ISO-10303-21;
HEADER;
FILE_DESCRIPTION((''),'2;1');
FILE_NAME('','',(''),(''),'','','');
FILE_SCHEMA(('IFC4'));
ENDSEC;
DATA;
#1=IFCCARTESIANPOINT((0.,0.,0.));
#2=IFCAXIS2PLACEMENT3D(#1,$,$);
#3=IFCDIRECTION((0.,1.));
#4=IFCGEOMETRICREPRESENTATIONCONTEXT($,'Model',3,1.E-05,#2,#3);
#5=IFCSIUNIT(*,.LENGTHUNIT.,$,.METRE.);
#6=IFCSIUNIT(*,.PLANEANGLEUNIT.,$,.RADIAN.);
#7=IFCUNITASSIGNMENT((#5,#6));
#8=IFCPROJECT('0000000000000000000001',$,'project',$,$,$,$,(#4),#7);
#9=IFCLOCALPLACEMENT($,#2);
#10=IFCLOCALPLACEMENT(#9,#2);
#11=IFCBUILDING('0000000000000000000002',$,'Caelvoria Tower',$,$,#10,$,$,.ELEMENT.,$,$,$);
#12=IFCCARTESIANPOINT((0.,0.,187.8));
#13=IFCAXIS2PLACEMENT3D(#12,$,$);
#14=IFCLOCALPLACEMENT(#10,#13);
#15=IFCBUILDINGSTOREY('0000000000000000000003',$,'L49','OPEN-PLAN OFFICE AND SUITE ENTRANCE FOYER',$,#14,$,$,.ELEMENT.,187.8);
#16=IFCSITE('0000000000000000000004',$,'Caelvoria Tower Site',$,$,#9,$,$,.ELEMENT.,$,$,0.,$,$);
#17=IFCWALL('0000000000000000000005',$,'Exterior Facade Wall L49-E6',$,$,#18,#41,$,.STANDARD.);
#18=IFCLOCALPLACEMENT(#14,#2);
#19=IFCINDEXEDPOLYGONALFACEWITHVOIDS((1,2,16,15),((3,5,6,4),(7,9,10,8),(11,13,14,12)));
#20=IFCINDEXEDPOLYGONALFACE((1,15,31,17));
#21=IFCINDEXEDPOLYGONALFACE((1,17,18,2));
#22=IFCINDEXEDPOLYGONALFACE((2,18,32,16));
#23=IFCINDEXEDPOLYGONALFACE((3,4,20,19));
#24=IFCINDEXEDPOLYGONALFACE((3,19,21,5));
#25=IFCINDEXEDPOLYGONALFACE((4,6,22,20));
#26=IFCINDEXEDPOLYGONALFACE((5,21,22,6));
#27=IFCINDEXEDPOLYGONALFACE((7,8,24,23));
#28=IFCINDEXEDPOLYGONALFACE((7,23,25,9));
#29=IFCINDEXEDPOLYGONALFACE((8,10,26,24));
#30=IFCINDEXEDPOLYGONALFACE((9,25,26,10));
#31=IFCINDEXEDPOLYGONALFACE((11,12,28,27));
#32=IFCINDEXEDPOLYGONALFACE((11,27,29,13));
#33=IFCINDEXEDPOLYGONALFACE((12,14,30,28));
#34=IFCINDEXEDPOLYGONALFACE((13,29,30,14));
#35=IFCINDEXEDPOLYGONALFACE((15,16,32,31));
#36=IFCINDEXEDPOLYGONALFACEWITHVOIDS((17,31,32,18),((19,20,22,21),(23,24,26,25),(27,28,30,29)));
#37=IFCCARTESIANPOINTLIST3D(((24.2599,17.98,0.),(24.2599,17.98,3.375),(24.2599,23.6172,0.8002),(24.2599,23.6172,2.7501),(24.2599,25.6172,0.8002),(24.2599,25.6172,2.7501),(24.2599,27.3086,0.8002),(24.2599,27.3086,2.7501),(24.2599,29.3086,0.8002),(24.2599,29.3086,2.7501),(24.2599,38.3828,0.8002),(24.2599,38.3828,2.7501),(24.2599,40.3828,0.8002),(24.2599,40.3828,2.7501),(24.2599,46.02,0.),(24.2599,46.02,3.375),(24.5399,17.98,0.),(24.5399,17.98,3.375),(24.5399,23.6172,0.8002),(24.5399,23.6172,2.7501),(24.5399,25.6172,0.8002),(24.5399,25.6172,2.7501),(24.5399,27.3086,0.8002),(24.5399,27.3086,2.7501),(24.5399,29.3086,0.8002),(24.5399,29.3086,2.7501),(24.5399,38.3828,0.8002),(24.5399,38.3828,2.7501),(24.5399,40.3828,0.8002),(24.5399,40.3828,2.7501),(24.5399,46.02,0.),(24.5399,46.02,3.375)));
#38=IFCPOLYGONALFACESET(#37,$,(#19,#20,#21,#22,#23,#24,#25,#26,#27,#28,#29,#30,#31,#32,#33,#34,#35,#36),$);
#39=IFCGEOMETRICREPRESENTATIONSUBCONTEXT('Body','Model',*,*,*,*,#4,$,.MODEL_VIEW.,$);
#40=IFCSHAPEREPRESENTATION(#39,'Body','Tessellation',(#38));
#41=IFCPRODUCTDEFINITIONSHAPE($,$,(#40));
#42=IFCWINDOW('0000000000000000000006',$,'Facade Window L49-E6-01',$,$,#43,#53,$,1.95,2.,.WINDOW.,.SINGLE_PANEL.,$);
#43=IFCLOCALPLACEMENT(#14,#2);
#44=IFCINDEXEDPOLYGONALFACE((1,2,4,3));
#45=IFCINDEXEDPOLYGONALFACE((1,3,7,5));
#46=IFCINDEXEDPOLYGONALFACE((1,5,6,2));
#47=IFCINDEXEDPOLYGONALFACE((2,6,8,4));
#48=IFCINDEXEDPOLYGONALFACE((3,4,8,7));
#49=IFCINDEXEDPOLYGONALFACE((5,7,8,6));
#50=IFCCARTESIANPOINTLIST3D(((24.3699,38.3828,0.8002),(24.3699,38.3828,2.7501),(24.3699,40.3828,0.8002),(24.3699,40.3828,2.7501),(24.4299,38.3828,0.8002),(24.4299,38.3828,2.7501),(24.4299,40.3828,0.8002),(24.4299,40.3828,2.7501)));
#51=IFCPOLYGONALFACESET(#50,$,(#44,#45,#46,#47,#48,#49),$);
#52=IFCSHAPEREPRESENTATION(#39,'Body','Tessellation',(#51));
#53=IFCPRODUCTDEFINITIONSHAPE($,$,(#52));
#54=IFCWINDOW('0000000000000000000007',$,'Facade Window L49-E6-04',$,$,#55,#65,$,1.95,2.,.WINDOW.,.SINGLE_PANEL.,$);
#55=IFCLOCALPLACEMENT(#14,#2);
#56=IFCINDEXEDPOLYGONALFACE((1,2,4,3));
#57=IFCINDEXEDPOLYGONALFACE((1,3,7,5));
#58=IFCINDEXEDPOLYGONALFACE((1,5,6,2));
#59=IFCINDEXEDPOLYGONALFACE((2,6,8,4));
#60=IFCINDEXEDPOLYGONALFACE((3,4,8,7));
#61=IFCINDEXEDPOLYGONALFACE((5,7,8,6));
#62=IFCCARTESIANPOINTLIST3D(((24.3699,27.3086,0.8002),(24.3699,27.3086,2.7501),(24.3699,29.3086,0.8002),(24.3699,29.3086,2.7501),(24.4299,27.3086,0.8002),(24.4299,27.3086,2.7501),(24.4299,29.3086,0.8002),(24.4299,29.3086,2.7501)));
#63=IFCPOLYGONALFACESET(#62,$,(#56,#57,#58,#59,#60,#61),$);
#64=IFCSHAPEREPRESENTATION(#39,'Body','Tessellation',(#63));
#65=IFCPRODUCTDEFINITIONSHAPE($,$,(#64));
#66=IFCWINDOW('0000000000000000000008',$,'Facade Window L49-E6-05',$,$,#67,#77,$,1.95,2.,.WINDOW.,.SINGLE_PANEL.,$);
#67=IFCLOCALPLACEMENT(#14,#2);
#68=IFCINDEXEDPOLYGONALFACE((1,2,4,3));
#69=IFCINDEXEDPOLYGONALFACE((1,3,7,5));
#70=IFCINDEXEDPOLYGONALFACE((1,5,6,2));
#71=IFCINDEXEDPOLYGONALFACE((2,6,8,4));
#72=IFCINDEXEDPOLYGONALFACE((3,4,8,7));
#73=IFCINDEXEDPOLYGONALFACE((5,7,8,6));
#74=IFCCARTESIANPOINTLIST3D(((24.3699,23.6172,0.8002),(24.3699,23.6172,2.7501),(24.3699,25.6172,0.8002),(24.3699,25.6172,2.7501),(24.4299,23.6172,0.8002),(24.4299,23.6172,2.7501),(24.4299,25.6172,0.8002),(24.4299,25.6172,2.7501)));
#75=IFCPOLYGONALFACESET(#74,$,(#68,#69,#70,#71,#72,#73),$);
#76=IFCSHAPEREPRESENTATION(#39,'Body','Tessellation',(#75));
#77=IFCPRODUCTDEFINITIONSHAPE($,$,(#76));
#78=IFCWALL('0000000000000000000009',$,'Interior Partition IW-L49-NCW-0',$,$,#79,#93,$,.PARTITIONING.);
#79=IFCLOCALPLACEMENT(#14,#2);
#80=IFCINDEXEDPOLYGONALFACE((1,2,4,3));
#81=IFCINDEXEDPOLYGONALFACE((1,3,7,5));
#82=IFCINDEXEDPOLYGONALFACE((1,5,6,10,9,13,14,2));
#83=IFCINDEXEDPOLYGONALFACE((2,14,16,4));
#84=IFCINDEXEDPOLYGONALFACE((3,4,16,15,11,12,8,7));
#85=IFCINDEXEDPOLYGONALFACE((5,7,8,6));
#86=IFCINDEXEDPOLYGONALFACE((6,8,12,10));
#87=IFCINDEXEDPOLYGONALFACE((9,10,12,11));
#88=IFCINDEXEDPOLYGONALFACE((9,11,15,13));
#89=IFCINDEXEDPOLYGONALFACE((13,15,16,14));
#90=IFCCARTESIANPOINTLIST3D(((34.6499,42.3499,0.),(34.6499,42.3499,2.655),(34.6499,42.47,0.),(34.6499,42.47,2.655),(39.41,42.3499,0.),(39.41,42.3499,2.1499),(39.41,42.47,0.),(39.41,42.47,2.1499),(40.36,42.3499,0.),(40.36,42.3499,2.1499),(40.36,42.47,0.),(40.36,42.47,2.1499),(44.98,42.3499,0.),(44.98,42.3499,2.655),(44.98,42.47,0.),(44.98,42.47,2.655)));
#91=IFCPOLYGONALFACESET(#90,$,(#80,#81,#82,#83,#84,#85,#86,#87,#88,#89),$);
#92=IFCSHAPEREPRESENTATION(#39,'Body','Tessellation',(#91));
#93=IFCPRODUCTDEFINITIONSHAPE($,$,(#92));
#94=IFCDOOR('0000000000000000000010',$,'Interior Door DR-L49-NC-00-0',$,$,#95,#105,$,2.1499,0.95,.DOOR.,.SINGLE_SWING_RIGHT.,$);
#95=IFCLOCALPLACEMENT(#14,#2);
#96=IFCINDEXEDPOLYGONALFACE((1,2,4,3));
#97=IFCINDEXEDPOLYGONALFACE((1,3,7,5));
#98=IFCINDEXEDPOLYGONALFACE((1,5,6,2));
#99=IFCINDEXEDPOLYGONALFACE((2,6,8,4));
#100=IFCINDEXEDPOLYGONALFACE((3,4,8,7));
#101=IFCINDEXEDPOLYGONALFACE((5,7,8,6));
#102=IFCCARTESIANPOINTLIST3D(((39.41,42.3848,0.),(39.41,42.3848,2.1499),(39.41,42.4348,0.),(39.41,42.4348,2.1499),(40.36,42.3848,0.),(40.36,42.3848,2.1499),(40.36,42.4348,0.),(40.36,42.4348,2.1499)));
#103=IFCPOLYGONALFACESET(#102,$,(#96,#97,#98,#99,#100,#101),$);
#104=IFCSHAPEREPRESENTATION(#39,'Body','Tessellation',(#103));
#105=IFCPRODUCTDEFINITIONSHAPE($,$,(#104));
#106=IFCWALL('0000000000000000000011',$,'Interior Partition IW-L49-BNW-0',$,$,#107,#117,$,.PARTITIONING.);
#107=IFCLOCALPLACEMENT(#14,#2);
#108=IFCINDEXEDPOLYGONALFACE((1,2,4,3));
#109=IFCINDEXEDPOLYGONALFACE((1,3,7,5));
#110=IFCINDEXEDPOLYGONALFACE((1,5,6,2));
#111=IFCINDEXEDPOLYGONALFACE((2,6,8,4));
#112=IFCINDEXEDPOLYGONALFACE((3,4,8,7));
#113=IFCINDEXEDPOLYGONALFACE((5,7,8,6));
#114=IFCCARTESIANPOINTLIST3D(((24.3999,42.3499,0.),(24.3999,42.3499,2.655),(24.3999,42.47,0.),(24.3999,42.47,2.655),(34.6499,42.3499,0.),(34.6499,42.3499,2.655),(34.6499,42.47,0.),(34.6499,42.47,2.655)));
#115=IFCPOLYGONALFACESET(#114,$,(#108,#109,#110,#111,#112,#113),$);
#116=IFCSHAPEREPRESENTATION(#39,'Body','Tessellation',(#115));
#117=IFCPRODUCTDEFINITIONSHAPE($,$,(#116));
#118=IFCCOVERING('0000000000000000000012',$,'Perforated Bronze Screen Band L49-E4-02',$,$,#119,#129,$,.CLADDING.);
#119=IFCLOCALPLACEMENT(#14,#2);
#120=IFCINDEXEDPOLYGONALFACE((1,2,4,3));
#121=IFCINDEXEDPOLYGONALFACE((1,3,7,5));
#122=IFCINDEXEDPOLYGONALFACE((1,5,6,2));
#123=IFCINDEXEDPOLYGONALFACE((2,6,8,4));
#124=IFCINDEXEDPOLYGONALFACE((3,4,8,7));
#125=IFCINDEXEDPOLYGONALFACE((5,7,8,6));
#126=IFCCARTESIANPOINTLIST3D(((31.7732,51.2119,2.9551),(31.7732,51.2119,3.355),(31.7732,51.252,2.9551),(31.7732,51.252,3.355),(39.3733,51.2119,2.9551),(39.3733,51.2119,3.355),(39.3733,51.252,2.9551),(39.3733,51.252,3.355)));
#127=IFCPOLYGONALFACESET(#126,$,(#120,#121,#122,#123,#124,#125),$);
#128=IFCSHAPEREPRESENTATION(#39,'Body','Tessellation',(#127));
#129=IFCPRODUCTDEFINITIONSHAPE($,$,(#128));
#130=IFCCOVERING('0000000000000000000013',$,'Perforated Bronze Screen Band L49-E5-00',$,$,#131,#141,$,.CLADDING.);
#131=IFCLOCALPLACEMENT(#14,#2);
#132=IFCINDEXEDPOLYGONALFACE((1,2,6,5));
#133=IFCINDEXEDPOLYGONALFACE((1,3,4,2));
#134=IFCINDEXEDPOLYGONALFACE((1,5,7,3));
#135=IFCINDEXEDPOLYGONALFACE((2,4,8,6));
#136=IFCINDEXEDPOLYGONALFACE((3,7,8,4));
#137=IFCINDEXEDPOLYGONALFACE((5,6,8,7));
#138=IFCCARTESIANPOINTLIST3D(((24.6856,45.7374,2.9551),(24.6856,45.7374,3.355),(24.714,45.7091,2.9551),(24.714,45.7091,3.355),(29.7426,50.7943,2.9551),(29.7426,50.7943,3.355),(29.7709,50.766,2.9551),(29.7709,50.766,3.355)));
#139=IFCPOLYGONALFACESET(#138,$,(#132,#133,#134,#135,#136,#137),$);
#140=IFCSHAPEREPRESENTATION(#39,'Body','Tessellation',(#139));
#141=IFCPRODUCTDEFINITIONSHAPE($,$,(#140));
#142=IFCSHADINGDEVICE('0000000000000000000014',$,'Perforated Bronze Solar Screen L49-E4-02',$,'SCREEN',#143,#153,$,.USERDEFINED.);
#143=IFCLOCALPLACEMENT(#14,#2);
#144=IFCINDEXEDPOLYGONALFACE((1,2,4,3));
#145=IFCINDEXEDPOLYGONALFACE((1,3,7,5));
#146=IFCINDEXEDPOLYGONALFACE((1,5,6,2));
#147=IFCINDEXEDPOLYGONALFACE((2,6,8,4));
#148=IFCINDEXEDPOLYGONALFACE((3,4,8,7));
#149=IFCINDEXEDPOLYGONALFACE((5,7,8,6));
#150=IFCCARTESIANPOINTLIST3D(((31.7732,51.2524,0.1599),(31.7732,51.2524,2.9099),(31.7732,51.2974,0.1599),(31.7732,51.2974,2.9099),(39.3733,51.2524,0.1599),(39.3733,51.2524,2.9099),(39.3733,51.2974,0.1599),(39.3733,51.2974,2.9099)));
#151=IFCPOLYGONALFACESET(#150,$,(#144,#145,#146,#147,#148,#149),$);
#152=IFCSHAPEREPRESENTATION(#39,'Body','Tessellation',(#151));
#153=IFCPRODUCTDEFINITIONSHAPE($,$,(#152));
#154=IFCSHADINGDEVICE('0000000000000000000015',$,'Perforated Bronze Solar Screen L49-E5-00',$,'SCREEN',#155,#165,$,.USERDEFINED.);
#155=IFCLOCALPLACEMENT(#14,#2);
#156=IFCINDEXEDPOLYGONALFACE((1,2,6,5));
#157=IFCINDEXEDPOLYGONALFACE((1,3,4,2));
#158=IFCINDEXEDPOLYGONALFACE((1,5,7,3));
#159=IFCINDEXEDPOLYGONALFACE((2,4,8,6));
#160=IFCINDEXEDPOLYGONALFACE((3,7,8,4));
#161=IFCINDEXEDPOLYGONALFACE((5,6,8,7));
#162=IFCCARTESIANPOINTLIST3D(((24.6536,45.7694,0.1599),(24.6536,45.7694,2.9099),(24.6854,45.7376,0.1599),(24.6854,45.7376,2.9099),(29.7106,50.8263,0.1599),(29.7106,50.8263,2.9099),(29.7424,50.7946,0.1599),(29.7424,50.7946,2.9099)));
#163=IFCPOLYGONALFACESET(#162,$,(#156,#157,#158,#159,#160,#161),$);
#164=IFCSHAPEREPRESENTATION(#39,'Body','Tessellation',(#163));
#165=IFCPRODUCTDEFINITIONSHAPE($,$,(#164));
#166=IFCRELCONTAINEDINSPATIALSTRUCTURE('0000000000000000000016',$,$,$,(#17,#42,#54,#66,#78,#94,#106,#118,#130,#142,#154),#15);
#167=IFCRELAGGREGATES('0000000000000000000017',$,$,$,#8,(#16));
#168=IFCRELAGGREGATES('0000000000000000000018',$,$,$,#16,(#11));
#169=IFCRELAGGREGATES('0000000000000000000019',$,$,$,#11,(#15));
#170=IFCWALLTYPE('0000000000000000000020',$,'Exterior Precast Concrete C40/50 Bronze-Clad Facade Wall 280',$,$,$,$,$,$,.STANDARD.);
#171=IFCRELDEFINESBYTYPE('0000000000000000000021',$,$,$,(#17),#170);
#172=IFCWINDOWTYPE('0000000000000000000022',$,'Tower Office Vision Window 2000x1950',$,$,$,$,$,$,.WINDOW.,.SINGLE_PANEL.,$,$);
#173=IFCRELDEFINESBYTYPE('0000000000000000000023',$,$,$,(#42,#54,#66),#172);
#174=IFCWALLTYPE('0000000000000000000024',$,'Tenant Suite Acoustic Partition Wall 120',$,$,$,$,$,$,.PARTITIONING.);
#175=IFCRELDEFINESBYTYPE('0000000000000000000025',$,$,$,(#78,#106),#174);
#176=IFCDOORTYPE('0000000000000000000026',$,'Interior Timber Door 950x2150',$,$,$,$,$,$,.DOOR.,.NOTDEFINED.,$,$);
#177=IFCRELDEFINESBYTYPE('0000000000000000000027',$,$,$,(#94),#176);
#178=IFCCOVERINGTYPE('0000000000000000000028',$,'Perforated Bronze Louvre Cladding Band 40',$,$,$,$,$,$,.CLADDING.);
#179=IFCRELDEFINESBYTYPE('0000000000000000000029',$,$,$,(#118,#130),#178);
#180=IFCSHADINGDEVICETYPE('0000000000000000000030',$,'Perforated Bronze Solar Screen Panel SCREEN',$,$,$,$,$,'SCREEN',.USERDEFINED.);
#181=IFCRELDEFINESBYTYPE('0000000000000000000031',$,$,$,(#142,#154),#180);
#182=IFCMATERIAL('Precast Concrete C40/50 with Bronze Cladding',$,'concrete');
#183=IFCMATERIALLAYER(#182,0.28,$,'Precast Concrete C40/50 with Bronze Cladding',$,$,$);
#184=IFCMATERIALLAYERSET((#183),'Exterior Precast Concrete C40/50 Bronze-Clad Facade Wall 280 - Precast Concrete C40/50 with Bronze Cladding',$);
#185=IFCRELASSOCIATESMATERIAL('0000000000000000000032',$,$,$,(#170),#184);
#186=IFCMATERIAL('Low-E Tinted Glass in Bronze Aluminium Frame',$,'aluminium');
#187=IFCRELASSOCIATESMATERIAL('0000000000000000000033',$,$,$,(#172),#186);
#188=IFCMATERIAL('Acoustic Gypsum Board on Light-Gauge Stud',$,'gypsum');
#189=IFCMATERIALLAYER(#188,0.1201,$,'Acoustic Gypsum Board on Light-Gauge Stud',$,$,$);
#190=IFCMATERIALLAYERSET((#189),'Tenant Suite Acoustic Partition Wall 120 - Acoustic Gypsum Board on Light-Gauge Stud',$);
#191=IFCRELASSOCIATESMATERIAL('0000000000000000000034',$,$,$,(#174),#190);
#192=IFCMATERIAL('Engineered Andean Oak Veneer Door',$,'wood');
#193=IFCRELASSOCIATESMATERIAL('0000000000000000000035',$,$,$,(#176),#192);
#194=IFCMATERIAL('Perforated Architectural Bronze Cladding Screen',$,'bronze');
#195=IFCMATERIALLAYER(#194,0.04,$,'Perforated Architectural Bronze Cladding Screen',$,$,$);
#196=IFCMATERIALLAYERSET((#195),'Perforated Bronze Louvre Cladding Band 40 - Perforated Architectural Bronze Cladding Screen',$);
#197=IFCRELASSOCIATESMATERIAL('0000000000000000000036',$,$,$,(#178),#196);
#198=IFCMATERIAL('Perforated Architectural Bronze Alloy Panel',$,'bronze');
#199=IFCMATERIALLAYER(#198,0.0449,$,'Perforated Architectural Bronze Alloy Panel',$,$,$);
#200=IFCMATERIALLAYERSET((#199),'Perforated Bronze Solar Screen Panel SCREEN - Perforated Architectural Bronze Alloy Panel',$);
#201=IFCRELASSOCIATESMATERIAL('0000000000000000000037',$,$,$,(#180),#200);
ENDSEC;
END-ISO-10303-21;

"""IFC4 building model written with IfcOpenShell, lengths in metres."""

from ifc_helpers import new_model, si_unit, direction, frame, frame_2d, origin, origin_2d, place, context, subcontext, project, spatial, rectangle, extrude, material, layer, layer_set, type_object, element, fill, save


model = new_model("IFC4")

# Units and contexts
model_context = context("Model", 3, precision=1e-05, world=origin(), true_north=direction((0.0, 1.0)))
body_context = subcontext(model_context, "Body", "Model", "MODEL_VIEW")
ifc_project = project(units=[si_unit("LENGTHUNIT", "METRE"), si_unit("PLANEANGLEUNIT", "RADIAN")], contexts=[model_context])

# Site, building, storey
site_placement = place(None, origin())
site = spatial("IfcSite", under=ifc_project, at=site_placement, Name="Caelvoria Tower Site", CompositionType="ELEMENT", RefElevation=0.0)
building_placement = place(site_placement, origin())
building = spatial("IfcBuilding", under=site, at=building_placement, Name="Caelvoria Tower", CompositionType="ELEMENT")
storey_placement = place(building_placement, frame((0.0, 0.0, 187.8)))
storey = spatial("IfcBuildingStorey", under=building, at=storey_placement, Name="L49", Description="OPEN-PLAN OFFICE AND SUITE ENTRANCE FOYER", CompositionType="ELEMENT", Elevation=187.8)

# Shared definitions
ifc_material_1 = material(Name="Precast Concrete C40/50 with Bronze Cladding", Category="concrete")
ifc_layer_1 = layer(ifc_material_1, 0.28, Name="Precast Concrete C40/50 with Bronze Cladding")
ifc_layer_set_1 = layer_set([ifc_layer_1], Name="Exterior Precast Concrete C40/50 Bronze-Clad Facade Wall 280 - Precast Concrete C40/50 with Bronze Cladding")
wall_type_1 = type_object("IfcWallType", Name="Exterior Precast Concrete C40/50 Bronze-Clad Facade Wall 280", PredefinedType="STANDARD", material=ifc_layer_set_1)

# Wall, openings, windows
wall_1_placement = place(storey_placement, frame((24.3999, 46.02, 0.0), z_axis=(0.0, 0.0, 1.0), x_axis=(0.0, -1.0, 0.0)))
wall_1 = element("IfcWall", 1, at=wall_1_placement, inside=storey, type_object=wall_type_1, Name="Exterior Facade Wall L49-E6", PredefinedType="STANDARD", context=body_context, shape_type="SweptSolid", body=[
    extrude(rectangle(XDim=28.04, YDim=0.28, at=frame_2d((14.02, 0.0))), origin(), (0.0, 0.0, 1.0), 3.375),
])
opening_1_placement = place(wall_1_placement, frame((5.6372, 0.0, 0.8)))
opening_1 = element("IfcOpeningElement", 2, at=opening_1_placement, cuts=wall_1, PredefinedType="OPENING", context=body_context, shape_type="SweptSolid", body=[
    extrude(rectangle(XDim=2.0, YDim=1.95, at=frame_2d((1.0, 0.9751))), frame((0.0, 0.1499, 0.0), z_axis=(0.0, -1.0, 0.0), x_axis=(1.0, 0.0, 0.0)), (0.0, 0.0, 1.0), 0.3),
])
opening_2_placement = place(wall_1_placement, frame((16.7114, 0.0, 0.8)))
opening_2 = element("IfcOpeningElement", 3, at=opening_2_placement, cuts=wall_1, PredefinedType="OPENING", context=body_context, shape_type="SweptSolid", body=[
    extrude(rectangle(XDim=2.0, YDim=1.95, at=frame_2d((1.0, 0.9751))), frame((0.0, 0.1499, 0.0), z_axis=(0.0, -1.0, 0.0), x_axis=(1.0, 0.0, 0.0)), (0.0, 0.0, 1.0), 0.3),
])
opening_3_placement = place(wall_1_placement, frame((20.4028, 0.0, 0.8)))
opening_3 = element("IfcOpeningElement", 4, at=opening_3_placement, cuts=wall_1, PredefinedType="OPENING", context=body_context, shape_type="SweptSolid", body=[
    extrude(rectangle(XDim=2.0, YDim=1.95, at=frame_2d((1.0, 0.9751))), frame((0.0, 0.1499, 0.0), z_axis=(0.0, -1.0, 0.0), x_axis=(1.0, 0.0, 0.0)), (0.0, 0.0, 1.0), 0.3),
])
ifc_material_2 = material(Name="Low-E Tinted Glass in Bronze Aluminium Frame", Category="aluminium")
window_type = type_object("IfcWindowType", Name="Tower Office Vision Window 2000x1950", PartitioningType="SINGLE_PANEL", PredefinedType="WINDOW", material=ifc_material_2)
window_1_placement = place(opening_1_placement, origin())
window_1 = element("IfcWindow", 5, at=window_1_placement, inside=storey, type_object=window_type, Name="Facade Window L49-E6-01", OverallHeight=1.95, OverallWidth=2.0, PartitioningType="SINGLE_PANEL", PredefinedType="WINDOW", context=body_context, shape_type="SweptSolid", body=[
    extrude(rectangle(XDim=2.0, YDim=1.95, at=frame_2d((1.0, 0.9751))), frame((0.0, 0.03, 0.0), z_axis=(0.0, -1.0, 0.0), x_axis=(1.0, 0.0, 0.0)), (0.0, 0.0, 1.0), 0.0601),
])
fill(opening_1, window_1)
window_2_placement = place(opening_2_placement, origin())
window_2 = element("IfcWindow", 6, at=window_2_placement, inside=storey, type_object=window_type, Name="Facade Window L49-E6-04", OverallHeight=1.95, OverallWidth=2.0, PartitioningType="SINGLE_PANEL", PredefinedType="WINDOW", context=body_context, shape_type="SweptSolid", body=[
    extrude(rectangle(XDim=2.0, YDim=1.95, at=frame_2d((1.0, 0.9751))), frame((0.0, 0.03, 0.0), z_axis=(0.0, -1.0, 0.0), x_axis=(1.0, 0.0, 0.0)), (0.0, 0.0, 1.0), 0.0601),
])
fill(opening_2, window_2)
window_3_placement = place(opening_3_placement, origin())
window_3 = element("IfcWindow", 7, at=window_3_placement, inside=storey, type_object=window_type, Name="Facade Window L49-E6-05", OverallHeight=1.95, OverallWidth=2.0, PartitioningType="SINGLE_PANEL", PredefinedType="WINDOW", context=body_context, shape_type="SweptSolid", body=[
    extrude(rectangle(XDim=2.0, YDim=1.95, at=frame_2d((1.0, 0.9751))), frame((0.0, 0.03, 0.0), z_axis=(0.0, -1.0, 0.0), x_axis=(1.0, 0.0, 0.0)), (0.0, 0.0, 1.0), 0.0601),
])
fill(opening_3, window_3)

# Wall, opening, door
ifc_material_3 = material(Name="Acoustic Gypsum Board on Light-Gauge Stud", Category="gypsum")
ifc_layer_2 = layer(ifc_material_3, 0.1201, Name="Acoustic Gypsum Board on Light-Gauge Stud")
ifc_layer_set_2 = layer_set([ifc_layer_2], Name="Tenant Suite Acoustic Partition Wall 120 - Acoustic Gypsum Board on Light-Gauge Stud")
wall_type_2 = type_object("IfcWallType", Name="Tenant Suite Acoustic Partition Wall 120", PredefinedType="PARTITIONING", material=ifc_layer_set_2)
wall_2_placement = place(storey_placement, frame((34.6499, 42.4099, 0.0), z_axis=(0.0, 0.0, 1.0), x_axis=(1.0, 0.0, 0.0)))
wall_2 = element("IfcWall", 8, at=wall_2_placement, inside=storey, type_object=wall_type_2, Name="Interior Partition IW-L49-NCW-0", PredefinedType="PARTITIONING", context=body_context, shape_type="SweptSolid", body=[
    extrude(rectangle(XDim=10.3301, YDim=0.1201, at=frame_2d((5.165, 0.0))), origin(), (0.0, 0.0, 1.0), 2.655),
])
opening_4_placement = place(wall_2_placement, frame((4.76, 0.0, 0.0)))
opening_4 = element("IfcOpeningElement", 9, at=opening_4_placement, cuts=wall_2, PredefinedType="OPENING", context=body_context, shape_type="SweptSolid", body=[
    extrude(rectangle(XDim=0.95, YDim=2.1499, at=frame_2d((0.4751, 1.075))), frame((0.0, 0.0701, 0.0), z_axis=(0.0, -1.0, 0.0), x_axis=(1.0, 0.0, 0.0)), (0.0, 0.0, 1.0), 0.1401),
])
ifc_material_4 = material(Name="Engineered Andean Oak Veneer Door", Category="wood")
door_type = type_object("IfcDoorType", Name="Interior Timber Door 950x2150", OperationType="NOTDEFINED", PredefinedType="DOOR", material=ifc_material_4)
door_placement = place(opening_4_placement, origin())
door = element("IfcDoor", 10, at=door_placement, inside=storey, type_object=door_type, Name="Interior Door DR-L49-NC-00-0", OperationType="SINGLE_SWING_RIGHT", OverallHeight=2.1499, OverallWidth=0.95, PredefinedType="DOOR", context=body_context, shape_type="SweptSolid", body=[
    extrude(rectangle(XDim=0.95, YDim=2.1499, at=frame_2d((0.4751, 1.075))), frame((0.0, 0.0249, 0.0), z_axis=(0.0, -1.0, 0.0), x_axis=(1.0, 0.0, 0.0)), (0.0, 0.0, 1.0), 0.05),
])
fill(opening_4, door)

# Wall
wall_3_placement = place(storey_placement, frame((34.6499, 42.4099, 0.0), z_axis=(0.0, 0.0, 1.0), x_axis=(-1.0, 0.0, 0.0)))
element("IfcWall", 11, at=wall_3_placement, inside=storey, type_object=wall_type_2, Name="Interior Partition IW-L49-BNW-0", PredefinedType="PARTITIONING", context=body_context, shape_type="SweptSolid", body=[
    extrude(rectangle(XDim=10.25, YDim=0.1201, at=frame_2d((5.125, 0.0))), origin(), (0.0, 0.0, 1.0), 2.655),
])

# Coverings
ifc_material_5 = material(Name="Perforated Architectural Bronze Cladding Screen", Category="bronze")
ifc_layer_3 = layer(ifc_material_5, 0.04, Name="Perforated Architectural Bronze Cladding Screen")
ifc_layer_set_3 = layer_set([ifc_layer_3], Name="Perforated Bronze Louvre Cladding Band 40 - Perforated Architectural Bronze Cladding Screen")
covering_type = type_object("IfcCoveringType", Name="Perforated Bronze Louvre Cladding Band 40", PredefinedType="CLADDING", material=ifc_layer_set_3)
covering_1_placement = place(storey_placement, frame((35.5732, 51.2319, 2.9551), z_axis=(0.0, 0.0, 1.0), x_axis=(-1.0, 0.0, 0.0)))
element("IfcCovering", 12, at=covering_1_placement, inside=storey, type_object=covering_type, Name="Perforated Bronze Screen Band L49-E4-02", PredefinedType="CLADDING", context=body_context, shape_type="SweptSolid", body=[
    extrude(rectangle(XDim=7.6001, YDim=0.04, at=origin_2d()), origin(), (0.0, 0.0, 1.0), 0.3999),
])
covering_2_placement = place(storey_placement, frame((27.2283, 48.2517, 2.9551), z_axis=(0.0, 0.0, 1.0), x_axis=(-0.707107, -0.707107, 0.0)))
element("IfcCovering", 13, at=covering_2_placement, inside=storey, type_object=covering_type, Name="Perforated Bronze Screen Band L49-E5-00", PredefinedType="CLADDING", context=body_context, shape_type="SweptSolid", body=[
    extrude(rectangle(XDim=7.1516, YDim=0.04, at=origin_2d()), origin(), (0.0, 0.0, 1.0), 0.3999),
])

# Shading devices
ifc_material_6 = material(Name="Perforated Architectural Bronze Alloy Panel", Category="bronze")
ifc_layer_4 = layer(ifc_material_6, 0.0449, Name="Perforated Architectural Bronze Alloy Panel")
ifc_layer_set_4 = layer_set([ifc_layer_4], Name="Perforated Bronze Solar Screen Panel SCREEN - Perforated Architectural Bronze Alloy Panel")
shading_device_type = type_object("IfcShadingDeviceType", Name="Perforated Bronze Solar Screen Panel SCREEN", ElementType="SCREEN", PredefinedType="USERDEFINED", material=ifc_layer_set_4)
shading_device_1_placement = place(storey_placement, frame((35.5732, 51.2749, 0.1599), z_axis=(0.0, 0.0, 1.0), x_axis=(-1.0, 0.0, 0.0)))
element("IfcShadingDevice", 14, at=shading_device_1_placement, inside=storey, type_object=shading_device_type, Name="Perforated Bronze Solar Screen L49-E4-02", ObjectType="SCREEN", PredefinedType="USERDEFINED", context=body_context, shape_type="SweptSolid", body=[
    extrude(rectangle(XDim=7.6001, YDim=0.0449, at=origin_2d()), origin(), (0.0, 0.0, 1.0), 2.75),
])
shading_device_2_placement = place(storey_placement, frame((27.198, 48.282, 0.1599), z_axis=(0.0, 0.0, 1.0), x_axis=(-0.707107, -0.707107, 0.0)))
element("IfcShadingDevice", 15, at=shading_device_2_placement, inside=storey, type_object=shading_device_type, Name="Perforated Bronze Solar Screen L49-E5-00", ObjectType="SCREEN", PredefinedType="USERDEFINED", context=body_context, shape_type="SweptSolid", body=[
    extrude(rectangle(XDim=7.1516, YDim=0.0449, at=origin_2d()), origin(), (0.0, 0.0, 1.0), 2.75),
])

save(model, "model.ifc")
